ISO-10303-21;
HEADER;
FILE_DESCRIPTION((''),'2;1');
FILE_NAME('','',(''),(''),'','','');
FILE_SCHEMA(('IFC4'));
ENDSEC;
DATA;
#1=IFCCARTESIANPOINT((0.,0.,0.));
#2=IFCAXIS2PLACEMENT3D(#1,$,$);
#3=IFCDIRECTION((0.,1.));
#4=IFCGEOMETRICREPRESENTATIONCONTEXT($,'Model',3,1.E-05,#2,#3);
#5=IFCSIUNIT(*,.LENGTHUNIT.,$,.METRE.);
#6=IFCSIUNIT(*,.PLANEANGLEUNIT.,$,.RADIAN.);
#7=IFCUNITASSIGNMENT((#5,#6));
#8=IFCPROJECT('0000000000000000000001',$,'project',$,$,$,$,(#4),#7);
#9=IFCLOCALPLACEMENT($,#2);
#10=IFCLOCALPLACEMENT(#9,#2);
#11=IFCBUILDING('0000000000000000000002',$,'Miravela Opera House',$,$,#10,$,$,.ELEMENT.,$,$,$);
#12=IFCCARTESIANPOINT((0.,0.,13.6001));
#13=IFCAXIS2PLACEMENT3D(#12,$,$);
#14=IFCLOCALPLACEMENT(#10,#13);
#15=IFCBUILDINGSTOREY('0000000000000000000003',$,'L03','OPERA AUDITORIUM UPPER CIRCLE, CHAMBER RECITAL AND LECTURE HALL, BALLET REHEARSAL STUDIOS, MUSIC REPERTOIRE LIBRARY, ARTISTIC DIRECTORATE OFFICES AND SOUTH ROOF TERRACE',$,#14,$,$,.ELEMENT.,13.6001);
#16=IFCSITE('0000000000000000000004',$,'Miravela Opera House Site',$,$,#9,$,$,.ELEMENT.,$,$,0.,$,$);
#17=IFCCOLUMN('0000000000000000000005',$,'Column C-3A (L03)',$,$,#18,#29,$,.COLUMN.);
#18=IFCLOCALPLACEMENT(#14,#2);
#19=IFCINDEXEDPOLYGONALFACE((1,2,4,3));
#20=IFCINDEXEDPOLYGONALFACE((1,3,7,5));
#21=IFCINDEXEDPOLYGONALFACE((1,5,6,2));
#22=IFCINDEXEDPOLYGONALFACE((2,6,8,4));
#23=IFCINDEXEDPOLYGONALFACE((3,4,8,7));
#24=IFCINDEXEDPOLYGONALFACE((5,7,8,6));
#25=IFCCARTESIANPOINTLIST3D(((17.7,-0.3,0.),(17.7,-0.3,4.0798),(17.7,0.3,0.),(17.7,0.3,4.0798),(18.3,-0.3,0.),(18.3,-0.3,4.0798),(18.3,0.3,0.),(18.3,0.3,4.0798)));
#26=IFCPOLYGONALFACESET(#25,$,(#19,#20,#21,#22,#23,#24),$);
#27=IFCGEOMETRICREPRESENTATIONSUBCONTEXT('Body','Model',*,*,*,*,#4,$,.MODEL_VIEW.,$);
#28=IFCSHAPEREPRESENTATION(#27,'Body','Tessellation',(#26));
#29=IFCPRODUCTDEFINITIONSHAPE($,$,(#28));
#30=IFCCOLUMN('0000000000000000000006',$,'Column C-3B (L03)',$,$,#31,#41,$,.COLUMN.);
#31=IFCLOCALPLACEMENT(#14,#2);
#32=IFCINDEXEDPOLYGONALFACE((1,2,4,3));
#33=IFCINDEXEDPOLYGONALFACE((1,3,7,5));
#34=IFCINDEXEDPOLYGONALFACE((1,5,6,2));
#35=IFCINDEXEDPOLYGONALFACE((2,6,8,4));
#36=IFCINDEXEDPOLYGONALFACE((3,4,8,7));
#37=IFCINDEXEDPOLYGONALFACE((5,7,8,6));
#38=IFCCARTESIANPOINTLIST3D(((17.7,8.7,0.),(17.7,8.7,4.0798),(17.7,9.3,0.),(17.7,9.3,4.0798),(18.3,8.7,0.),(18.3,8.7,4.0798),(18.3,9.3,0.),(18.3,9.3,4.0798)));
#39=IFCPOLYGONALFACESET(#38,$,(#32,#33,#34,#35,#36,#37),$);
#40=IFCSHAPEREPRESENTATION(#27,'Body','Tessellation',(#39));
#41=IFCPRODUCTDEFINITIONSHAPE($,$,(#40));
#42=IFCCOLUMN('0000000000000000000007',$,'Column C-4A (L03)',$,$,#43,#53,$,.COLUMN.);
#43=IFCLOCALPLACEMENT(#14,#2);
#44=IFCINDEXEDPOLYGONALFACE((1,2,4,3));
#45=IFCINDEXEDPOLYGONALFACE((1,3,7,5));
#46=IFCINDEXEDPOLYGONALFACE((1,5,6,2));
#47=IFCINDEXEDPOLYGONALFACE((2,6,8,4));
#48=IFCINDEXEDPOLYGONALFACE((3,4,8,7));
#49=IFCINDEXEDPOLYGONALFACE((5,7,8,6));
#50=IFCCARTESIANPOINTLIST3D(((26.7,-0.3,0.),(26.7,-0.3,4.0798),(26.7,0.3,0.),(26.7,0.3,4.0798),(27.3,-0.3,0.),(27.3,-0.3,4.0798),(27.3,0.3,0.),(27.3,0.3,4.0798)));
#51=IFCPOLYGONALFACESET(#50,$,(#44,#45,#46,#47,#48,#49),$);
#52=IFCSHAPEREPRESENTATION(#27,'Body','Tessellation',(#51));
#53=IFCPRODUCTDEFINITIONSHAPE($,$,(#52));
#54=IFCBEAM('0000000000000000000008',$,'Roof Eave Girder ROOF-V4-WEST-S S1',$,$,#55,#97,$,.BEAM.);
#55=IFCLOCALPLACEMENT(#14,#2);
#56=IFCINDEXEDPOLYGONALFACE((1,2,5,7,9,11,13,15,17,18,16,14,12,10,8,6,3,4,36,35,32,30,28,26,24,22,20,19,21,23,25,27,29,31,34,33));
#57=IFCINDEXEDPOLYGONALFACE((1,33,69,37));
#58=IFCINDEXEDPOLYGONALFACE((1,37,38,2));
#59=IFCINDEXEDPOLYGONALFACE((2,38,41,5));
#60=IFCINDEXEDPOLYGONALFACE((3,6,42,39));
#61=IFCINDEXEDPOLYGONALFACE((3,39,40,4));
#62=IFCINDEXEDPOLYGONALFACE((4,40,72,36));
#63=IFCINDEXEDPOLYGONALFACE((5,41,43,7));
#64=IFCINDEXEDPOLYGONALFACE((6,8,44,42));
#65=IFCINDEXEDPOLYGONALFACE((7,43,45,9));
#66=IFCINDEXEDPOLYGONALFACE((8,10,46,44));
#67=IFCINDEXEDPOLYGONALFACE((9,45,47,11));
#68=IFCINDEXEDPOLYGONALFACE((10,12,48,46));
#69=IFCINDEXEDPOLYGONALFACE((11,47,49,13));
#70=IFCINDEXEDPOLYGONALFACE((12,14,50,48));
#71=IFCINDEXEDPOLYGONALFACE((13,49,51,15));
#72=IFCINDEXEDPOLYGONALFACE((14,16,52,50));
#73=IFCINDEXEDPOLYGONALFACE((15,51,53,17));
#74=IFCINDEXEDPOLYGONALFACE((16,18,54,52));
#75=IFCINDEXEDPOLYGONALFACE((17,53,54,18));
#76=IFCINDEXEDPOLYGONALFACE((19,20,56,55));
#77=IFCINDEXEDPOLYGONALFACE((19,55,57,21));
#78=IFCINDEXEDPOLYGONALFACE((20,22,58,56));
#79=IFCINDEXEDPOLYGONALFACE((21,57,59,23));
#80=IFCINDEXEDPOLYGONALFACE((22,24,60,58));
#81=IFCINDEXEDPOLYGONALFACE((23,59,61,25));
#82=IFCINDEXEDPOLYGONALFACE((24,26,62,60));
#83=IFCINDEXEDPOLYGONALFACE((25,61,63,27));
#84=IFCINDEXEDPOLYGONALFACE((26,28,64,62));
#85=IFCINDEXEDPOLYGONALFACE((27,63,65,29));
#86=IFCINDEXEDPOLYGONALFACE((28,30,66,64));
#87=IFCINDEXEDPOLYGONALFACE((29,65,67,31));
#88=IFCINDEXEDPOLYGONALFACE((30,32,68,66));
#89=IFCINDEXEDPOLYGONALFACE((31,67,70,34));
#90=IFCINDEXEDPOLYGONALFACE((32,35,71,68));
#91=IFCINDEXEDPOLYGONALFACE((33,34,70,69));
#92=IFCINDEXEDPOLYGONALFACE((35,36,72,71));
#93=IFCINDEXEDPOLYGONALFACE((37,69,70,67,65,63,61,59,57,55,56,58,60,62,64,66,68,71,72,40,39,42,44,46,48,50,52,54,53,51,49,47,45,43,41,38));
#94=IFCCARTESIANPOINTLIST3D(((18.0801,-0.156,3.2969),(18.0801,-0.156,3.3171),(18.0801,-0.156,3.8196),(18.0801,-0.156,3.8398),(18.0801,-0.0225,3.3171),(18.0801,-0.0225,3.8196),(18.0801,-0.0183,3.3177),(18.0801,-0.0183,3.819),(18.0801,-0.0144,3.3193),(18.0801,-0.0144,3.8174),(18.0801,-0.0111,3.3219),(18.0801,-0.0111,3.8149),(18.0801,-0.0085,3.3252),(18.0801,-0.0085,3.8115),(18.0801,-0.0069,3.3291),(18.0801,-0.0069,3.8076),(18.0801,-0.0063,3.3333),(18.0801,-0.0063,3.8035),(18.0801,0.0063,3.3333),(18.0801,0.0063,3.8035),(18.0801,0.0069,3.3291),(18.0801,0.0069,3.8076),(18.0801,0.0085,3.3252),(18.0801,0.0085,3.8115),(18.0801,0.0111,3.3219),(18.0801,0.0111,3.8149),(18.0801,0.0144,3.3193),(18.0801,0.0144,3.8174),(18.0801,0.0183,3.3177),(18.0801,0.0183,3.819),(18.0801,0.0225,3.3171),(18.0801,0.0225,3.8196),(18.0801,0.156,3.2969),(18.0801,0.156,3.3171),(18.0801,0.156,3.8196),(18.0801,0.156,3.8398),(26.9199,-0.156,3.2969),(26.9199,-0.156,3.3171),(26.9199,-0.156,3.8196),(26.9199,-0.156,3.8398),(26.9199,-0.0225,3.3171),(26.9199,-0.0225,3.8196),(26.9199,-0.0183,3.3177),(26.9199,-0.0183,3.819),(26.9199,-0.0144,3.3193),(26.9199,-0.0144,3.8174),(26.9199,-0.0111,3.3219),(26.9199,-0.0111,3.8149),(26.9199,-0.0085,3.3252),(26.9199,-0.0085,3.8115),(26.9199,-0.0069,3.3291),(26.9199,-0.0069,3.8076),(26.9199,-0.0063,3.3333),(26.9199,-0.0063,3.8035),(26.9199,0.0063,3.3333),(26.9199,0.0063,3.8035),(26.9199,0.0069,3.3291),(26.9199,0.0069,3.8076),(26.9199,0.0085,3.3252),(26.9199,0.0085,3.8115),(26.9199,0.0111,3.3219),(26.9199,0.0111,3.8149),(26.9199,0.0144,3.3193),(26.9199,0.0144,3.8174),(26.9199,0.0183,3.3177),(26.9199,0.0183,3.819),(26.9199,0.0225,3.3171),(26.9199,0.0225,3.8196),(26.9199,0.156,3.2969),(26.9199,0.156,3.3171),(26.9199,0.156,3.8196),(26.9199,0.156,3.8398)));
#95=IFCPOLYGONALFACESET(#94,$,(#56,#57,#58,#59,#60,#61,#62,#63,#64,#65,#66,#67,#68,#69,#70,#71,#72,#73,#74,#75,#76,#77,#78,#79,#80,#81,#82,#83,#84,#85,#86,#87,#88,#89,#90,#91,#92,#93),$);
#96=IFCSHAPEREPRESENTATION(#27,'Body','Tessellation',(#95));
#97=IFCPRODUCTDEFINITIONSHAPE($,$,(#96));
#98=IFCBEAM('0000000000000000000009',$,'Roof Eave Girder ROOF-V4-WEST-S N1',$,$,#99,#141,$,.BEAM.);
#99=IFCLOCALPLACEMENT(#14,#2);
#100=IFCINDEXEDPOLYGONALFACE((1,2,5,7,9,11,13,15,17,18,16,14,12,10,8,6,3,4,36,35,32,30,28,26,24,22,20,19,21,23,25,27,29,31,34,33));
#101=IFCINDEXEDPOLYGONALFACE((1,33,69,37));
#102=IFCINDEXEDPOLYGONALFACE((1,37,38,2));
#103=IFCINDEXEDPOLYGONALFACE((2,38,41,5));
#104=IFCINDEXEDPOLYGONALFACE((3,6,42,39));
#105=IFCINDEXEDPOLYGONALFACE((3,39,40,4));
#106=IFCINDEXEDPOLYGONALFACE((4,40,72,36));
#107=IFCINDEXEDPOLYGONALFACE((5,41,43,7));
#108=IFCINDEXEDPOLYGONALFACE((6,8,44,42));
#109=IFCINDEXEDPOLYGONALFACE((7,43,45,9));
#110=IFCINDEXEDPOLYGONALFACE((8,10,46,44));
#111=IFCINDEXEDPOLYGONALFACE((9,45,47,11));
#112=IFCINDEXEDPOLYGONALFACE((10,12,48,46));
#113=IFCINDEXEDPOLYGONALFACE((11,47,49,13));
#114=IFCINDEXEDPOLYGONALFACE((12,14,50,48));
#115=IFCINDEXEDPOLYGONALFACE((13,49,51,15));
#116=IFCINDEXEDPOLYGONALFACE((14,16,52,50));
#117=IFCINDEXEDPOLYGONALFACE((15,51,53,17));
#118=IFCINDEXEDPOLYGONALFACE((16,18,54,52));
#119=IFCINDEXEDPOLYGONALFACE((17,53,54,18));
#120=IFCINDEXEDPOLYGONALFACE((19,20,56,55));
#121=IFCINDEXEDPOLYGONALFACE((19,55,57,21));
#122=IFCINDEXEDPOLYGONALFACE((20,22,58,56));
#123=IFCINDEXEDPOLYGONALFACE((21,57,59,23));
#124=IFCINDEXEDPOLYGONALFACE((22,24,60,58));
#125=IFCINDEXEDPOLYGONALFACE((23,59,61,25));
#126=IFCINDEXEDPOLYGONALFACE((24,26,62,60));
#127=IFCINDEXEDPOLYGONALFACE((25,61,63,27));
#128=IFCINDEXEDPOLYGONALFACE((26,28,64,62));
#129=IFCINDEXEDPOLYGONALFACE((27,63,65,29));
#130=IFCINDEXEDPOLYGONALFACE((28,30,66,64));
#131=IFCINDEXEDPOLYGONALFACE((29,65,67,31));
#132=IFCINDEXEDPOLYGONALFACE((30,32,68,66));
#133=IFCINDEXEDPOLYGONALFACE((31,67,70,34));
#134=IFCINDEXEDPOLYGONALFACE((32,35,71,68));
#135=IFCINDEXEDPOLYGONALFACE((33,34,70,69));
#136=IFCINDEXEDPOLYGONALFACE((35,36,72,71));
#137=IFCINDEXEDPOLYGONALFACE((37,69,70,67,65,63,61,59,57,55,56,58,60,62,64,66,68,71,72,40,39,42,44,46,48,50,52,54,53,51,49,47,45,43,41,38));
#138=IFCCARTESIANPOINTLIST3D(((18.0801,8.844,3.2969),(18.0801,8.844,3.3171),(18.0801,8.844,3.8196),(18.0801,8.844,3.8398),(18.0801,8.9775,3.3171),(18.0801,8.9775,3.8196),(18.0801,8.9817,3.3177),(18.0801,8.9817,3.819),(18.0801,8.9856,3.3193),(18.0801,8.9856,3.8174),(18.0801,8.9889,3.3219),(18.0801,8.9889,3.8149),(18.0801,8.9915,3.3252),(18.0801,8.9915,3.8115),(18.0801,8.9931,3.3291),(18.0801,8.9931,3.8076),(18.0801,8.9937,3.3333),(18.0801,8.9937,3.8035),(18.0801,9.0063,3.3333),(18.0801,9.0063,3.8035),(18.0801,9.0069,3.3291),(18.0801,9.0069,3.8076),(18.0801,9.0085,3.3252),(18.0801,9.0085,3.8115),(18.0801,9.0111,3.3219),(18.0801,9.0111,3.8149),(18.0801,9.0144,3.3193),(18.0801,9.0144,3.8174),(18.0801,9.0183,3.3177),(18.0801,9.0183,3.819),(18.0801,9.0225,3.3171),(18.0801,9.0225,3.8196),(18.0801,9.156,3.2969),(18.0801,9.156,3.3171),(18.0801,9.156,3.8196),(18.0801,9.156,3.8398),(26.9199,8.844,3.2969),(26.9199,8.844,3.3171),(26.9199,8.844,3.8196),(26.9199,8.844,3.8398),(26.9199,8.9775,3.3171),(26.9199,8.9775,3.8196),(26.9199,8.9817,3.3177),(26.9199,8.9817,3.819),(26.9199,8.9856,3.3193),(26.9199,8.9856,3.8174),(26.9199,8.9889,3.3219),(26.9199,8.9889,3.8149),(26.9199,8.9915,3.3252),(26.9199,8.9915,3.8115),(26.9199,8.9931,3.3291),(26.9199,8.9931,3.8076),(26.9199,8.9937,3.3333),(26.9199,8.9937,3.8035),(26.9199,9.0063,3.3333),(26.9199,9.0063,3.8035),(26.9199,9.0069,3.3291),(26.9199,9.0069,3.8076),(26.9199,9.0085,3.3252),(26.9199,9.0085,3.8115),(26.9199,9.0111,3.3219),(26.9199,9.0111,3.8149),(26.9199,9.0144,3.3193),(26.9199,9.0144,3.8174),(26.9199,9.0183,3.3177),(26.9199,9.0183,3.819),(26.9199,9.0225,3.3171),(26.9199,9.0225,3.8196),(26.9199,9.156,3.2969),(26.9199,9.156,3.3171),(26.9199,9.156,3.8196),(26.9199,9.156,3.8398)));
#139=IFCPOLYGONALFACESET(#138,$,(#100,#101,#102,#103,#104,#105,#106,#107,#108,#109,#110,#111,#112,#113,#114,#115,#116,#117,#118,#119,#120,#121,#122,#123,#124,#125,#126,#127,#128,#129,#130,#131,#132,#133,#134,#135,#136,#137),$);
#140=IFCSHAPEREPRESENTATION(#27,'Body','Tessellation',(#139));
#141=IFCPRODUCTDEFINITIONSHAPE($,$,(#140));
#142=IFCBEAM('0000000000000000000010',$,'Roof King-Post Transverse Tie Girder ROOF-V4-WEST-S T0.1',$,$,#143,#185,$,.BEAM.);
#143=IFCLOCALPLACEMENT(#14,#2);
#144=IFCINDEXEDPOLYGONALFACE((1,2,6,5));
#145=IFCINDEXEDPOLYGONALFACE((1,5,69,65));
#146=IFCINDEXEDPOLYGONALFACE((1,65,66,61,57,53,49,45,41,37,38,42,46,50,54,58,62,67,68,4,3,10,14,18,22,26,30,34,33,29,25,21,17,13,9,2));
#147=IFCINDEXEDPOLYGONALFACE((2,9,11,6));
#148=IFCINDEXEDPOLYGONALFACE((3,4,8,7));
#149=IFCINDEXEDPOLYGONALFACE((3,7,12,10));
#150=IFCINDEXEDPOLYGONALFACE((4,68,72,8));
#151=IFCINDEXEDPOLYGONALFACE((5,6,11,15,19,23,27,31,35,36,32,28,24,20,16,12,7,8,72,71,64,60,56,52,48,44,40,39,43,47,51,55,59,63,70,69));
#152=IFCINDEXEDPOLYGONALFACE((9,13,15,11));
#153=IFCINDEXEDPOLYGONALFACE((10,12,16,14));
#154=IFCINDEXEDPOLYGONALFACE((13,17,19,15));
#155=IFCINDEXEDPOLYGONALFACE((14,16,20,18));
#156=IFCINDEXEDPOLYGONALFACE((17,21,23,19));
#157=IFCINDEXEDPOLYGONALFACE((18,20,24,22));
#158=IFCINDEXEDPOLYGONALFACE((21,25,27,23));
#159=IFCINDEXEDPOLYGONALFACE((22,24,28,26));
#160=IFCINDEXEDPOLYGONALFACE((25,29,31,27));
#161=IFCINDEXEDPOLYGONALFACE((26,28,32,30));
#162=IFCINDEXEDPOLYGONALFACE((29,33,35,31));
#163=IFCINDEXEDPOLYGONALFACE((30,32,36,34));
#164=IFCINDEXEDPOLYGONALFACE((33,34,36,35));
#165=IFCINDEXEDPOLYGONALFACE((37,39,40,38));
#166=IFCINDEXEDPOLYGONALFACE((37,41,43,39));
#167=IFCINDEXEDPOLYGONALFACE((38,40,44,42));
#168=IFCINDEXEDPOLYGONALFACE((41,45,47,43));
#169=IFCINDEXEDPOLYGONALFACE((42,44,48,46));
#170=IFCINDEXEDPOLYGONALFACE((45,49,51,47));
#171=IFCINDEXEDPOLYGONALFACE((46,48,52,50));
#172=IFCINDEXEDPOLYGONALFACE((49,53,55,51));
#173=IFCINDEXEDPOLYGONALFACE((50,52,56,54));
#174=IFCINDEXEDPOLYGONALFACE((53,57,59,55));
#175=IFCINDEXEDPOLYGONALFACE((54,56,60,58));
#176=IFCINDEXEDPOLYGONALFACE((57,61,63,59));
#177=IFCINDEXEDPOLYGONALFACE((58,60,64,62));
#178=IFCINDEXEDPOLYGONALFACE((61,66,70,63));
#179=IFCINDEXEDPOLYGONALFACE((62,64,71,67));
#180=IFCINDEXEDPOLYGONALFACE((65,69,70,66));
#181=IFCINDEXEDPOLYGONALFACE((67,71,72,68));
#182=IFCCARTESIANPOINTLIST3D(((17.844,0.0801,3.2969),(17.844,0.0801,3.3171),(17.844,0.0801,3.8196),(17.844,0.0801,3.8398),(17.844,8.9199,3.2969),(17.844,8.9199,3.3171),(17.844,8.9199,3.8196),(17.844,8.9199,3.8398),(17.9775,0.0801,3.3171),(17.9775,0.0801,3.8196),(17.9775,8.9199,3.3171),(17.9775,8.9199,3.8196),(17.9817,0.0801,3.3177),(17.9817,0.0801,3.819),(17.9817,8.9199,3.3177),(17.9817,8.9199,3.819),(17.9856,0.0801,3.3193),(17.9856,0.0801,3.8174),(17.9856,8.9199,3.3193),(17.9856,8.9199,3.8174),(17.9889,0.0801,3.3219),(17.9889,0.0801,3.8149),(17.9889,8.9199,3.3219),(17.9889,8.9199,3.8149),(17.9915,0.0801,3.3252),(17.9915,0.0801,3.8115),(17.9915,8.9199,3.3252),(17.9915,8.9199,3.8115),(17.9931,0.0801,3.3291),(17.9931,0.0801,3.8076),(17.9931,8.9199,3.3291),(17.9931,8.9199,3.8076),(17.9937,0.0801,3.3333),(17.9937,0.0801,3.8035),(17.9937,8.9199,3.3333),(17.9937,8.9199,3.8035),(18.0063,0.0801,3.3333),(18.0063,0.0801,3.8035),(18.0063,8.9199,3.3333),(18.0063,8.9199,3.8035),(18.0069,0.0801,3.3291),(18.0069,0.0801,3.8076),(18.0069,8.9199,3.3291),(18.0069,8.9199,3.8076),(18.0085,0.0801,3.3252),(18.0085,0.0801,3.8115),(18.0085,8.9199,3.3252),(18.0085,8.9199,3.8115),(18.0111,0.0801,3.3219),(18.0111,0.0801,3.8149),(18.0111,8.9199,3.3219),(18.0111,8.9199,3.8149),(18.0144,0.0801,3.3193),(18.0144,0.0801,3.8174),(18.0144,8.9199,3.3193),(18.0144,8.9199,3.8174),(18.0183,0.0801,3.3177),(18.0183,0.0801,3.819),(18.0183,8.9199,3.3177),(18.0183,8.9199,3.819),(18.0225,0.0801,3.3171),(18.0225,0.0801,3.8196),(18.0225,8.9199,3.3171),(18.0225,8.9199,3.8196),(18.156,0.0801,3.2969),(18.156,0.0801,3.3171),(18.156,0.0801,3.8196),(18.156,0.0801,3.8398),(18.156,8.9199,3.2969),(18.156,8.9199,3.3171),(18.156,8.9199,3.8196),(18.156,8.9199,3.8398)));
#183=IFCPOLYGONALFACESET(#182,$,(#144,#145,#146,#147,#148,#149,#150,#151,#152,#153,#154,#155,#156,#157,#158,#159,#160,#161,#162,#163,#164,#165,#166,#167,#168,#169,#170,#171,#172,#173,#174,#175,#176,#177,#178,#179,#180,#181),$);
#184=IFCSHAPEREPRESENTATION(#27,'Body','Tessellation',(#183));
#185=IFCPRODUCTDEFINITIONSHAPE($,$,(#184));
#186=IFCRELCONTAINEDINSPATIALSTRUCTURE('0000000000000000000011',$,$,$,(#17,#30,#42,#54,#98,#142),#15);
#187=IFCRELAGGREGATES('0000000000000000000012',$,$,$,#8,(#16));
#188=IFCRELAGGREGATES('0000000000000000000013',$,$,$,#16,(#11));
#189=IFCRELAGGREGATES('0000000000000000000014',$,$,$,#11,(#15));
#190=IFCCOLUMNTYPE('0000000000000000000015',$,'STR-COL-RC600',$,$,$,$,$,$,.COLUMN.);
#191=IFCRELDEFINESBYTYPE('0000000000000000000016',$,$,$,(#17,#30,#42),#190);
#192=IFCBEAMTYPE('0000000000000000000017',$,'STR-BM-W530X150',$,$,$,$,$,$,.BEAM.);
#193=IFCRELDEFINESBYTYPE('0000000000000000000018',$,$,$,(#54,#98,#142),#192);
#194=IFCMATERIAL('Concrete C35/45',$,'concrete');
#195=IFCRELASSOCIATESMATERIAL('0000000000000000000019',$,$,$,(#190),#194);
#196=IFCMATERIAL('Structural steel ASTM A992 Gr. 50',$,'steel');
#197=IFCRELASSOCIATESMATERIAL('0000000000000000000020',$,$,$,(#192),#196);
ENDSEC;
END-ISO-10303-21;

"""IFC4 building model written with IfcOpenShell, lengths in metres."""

from ifc_helpers import new_model, si_unit, direction, frame, origin, origin_2d, place, context, subcontext, project, spatial, rectangle, i_section, extrude, material, material_profile, profile_set, type_object, element, save


model = new_model("IFC4")

# Units and contexts
model_context = context("Model", 3, precision=1e-05, world=origin(), true_north=direction((0.0, 1.0)))
body_context = subcontext(model_context, "Body", "Model", "MODEL_VIEW")
ifc_project = project(units=[si_unit("LENGTHUNIT", "METRE"), si_unit("PLANEANGLEUNIT", "RADIAN")], contexts=[model_context])

# Site, building, storey
site_placement = place(None, origin())
site = spatial("IfcSite", under=ifc_project, at=site_placement, Name="Miravela Opera House Site", CompositionType="ELEMENT", RefElevation=0.0)
building_placement = place(site_placement, origin())
building = spatial("IfcBuilding", under=site, at=building_placement, Name="Miravela Opera House", CompositionType="ELEMENT")
storey_placement = place(building_placement, frame((0.0, 0.0, 13.6001)))
storey = spatial("IfcBuildingStorey", under=building, at=storey_placement, Name="L03", Description="OPERA AUDITORIUM UPPER CIRCLE, CHAMBER RECITAL AND LECTURE HALL, BALLET REHEARSAL STUDIOS, MUSIC REPERTOIRE LIBRARY, ARTISTIC DIRECTORATE OFFICES AND SOUTH ROOF TERRACE", CompositionType="ELEMENT", Elevation=13.6001)

# Columns
ifc_material_1 = material(Name="Concrete C35/45", Category="concrete")
ifc_material_profile_1 = material_profile(ifc_material_1, rectangle(XDim=0.6001, YDim=0.6001, at=origin_2d()), Name="RC-COL-600X600")
ifc_profile_set_1 = profile_set([ifc_material_profile_1])
column_type = type_object("IfcColumnType", Name="STR-COL-RC600", PredefinedType="COLUMN", material=ifc_profile_set_1)
for number, where, z_axis, x_axis, name in (
    (1, (18.0, 0.0, 0.0), (0.0, 0.0, 1.0), (1.0, 0.0, 0.0), "Column C-3A (L03)"),
    (2, (18.0, 9.0, 0.0), (0.0, 0.0, 1.0), (1.0, 0.0, 0.0), "Column C-3B (L03)"),
    (3, (27.0, 0.0, 0.0), (0.0, 0.0, 1.0), (1.0, 0.0, 0.0), "Column C-4A (L03)"),
):
    element("IfcColumn", number, at=place(storey_placement, frame(where, z_axis=z_axis, x_axis=x_axis)), inside=storey, type_object=column_type, Name=name, PredefinedType="COLUMN", context=body_context, shape_type="SweptSolid", body=[
        extrude(rectangle(XDim=0.6001, YDim=0.6001, at=origin_2d()), origin(), (0.0, 0.0, 1.0), 4.0798),
    ])

# Beams
ifc_material_2 = material(Name="Structural steel ASTM A992 Gr. 50", Category="steel")
ifc_material_profile_2 = material_profile(ifc_material_2, i_section(OverallWidth=0.312, OverallDepth=0.543, WebThickness=0.0127, FlangeThickness=0.0203, FilletRadius=0.0161, at=origin_2d()), Name="W530X150")
ifc_profile_set_2 = profile_set([ifc_material_profile_2])
beam_type = type_object("IfcBeamType", Name="STR-BM-W530X150", PredefinedType="BEAM", material=ifc_profile_set_2)
for number, where, z_axis, x_axis, name in (
    (4, (18.0801, 0.0, 3.5684), (1.0, 0.0, 0.0), (0.0, 1.0, 0.0), "Roof Eave Girder ROOF-V4-WEST-S S1"),
    (5, (18.0801, 9.0, 3.5684), (1.0, 0.0, 0.0), (0.0, 1.0, 0.0), "Roof Eave Girder ROOF-V4-WEST-S N1"),
    (6, (18.0, 0.0801, 3.5684), (0.0, 1.0, 0.0), (-1.0, 0.0, 0.0), "Roof King-Post Transverse Tie Girder ROOF-V4-WEST-S T0.1"),
):
    element("IfcBeam", number, at=place(storey_placement, frame(where, z_axis=z_axis, x_axis=x_axis)), inside=storey, type_object=beam_type, Name=name, PredefinedType="BEAM", context=body_context, shape_type="SweptSolid", body=[
        extrude(i_section(OverallWidth=0.312, OverallDepth=0.543, WebThickness=0.0127, FlangeThickness=0.0203, FilletRadius=0.0161, at=origin_2d()), origin(), (0.0, 0.0, 1.0), 8.8398),
    ])

save(model, "model.ifc")
